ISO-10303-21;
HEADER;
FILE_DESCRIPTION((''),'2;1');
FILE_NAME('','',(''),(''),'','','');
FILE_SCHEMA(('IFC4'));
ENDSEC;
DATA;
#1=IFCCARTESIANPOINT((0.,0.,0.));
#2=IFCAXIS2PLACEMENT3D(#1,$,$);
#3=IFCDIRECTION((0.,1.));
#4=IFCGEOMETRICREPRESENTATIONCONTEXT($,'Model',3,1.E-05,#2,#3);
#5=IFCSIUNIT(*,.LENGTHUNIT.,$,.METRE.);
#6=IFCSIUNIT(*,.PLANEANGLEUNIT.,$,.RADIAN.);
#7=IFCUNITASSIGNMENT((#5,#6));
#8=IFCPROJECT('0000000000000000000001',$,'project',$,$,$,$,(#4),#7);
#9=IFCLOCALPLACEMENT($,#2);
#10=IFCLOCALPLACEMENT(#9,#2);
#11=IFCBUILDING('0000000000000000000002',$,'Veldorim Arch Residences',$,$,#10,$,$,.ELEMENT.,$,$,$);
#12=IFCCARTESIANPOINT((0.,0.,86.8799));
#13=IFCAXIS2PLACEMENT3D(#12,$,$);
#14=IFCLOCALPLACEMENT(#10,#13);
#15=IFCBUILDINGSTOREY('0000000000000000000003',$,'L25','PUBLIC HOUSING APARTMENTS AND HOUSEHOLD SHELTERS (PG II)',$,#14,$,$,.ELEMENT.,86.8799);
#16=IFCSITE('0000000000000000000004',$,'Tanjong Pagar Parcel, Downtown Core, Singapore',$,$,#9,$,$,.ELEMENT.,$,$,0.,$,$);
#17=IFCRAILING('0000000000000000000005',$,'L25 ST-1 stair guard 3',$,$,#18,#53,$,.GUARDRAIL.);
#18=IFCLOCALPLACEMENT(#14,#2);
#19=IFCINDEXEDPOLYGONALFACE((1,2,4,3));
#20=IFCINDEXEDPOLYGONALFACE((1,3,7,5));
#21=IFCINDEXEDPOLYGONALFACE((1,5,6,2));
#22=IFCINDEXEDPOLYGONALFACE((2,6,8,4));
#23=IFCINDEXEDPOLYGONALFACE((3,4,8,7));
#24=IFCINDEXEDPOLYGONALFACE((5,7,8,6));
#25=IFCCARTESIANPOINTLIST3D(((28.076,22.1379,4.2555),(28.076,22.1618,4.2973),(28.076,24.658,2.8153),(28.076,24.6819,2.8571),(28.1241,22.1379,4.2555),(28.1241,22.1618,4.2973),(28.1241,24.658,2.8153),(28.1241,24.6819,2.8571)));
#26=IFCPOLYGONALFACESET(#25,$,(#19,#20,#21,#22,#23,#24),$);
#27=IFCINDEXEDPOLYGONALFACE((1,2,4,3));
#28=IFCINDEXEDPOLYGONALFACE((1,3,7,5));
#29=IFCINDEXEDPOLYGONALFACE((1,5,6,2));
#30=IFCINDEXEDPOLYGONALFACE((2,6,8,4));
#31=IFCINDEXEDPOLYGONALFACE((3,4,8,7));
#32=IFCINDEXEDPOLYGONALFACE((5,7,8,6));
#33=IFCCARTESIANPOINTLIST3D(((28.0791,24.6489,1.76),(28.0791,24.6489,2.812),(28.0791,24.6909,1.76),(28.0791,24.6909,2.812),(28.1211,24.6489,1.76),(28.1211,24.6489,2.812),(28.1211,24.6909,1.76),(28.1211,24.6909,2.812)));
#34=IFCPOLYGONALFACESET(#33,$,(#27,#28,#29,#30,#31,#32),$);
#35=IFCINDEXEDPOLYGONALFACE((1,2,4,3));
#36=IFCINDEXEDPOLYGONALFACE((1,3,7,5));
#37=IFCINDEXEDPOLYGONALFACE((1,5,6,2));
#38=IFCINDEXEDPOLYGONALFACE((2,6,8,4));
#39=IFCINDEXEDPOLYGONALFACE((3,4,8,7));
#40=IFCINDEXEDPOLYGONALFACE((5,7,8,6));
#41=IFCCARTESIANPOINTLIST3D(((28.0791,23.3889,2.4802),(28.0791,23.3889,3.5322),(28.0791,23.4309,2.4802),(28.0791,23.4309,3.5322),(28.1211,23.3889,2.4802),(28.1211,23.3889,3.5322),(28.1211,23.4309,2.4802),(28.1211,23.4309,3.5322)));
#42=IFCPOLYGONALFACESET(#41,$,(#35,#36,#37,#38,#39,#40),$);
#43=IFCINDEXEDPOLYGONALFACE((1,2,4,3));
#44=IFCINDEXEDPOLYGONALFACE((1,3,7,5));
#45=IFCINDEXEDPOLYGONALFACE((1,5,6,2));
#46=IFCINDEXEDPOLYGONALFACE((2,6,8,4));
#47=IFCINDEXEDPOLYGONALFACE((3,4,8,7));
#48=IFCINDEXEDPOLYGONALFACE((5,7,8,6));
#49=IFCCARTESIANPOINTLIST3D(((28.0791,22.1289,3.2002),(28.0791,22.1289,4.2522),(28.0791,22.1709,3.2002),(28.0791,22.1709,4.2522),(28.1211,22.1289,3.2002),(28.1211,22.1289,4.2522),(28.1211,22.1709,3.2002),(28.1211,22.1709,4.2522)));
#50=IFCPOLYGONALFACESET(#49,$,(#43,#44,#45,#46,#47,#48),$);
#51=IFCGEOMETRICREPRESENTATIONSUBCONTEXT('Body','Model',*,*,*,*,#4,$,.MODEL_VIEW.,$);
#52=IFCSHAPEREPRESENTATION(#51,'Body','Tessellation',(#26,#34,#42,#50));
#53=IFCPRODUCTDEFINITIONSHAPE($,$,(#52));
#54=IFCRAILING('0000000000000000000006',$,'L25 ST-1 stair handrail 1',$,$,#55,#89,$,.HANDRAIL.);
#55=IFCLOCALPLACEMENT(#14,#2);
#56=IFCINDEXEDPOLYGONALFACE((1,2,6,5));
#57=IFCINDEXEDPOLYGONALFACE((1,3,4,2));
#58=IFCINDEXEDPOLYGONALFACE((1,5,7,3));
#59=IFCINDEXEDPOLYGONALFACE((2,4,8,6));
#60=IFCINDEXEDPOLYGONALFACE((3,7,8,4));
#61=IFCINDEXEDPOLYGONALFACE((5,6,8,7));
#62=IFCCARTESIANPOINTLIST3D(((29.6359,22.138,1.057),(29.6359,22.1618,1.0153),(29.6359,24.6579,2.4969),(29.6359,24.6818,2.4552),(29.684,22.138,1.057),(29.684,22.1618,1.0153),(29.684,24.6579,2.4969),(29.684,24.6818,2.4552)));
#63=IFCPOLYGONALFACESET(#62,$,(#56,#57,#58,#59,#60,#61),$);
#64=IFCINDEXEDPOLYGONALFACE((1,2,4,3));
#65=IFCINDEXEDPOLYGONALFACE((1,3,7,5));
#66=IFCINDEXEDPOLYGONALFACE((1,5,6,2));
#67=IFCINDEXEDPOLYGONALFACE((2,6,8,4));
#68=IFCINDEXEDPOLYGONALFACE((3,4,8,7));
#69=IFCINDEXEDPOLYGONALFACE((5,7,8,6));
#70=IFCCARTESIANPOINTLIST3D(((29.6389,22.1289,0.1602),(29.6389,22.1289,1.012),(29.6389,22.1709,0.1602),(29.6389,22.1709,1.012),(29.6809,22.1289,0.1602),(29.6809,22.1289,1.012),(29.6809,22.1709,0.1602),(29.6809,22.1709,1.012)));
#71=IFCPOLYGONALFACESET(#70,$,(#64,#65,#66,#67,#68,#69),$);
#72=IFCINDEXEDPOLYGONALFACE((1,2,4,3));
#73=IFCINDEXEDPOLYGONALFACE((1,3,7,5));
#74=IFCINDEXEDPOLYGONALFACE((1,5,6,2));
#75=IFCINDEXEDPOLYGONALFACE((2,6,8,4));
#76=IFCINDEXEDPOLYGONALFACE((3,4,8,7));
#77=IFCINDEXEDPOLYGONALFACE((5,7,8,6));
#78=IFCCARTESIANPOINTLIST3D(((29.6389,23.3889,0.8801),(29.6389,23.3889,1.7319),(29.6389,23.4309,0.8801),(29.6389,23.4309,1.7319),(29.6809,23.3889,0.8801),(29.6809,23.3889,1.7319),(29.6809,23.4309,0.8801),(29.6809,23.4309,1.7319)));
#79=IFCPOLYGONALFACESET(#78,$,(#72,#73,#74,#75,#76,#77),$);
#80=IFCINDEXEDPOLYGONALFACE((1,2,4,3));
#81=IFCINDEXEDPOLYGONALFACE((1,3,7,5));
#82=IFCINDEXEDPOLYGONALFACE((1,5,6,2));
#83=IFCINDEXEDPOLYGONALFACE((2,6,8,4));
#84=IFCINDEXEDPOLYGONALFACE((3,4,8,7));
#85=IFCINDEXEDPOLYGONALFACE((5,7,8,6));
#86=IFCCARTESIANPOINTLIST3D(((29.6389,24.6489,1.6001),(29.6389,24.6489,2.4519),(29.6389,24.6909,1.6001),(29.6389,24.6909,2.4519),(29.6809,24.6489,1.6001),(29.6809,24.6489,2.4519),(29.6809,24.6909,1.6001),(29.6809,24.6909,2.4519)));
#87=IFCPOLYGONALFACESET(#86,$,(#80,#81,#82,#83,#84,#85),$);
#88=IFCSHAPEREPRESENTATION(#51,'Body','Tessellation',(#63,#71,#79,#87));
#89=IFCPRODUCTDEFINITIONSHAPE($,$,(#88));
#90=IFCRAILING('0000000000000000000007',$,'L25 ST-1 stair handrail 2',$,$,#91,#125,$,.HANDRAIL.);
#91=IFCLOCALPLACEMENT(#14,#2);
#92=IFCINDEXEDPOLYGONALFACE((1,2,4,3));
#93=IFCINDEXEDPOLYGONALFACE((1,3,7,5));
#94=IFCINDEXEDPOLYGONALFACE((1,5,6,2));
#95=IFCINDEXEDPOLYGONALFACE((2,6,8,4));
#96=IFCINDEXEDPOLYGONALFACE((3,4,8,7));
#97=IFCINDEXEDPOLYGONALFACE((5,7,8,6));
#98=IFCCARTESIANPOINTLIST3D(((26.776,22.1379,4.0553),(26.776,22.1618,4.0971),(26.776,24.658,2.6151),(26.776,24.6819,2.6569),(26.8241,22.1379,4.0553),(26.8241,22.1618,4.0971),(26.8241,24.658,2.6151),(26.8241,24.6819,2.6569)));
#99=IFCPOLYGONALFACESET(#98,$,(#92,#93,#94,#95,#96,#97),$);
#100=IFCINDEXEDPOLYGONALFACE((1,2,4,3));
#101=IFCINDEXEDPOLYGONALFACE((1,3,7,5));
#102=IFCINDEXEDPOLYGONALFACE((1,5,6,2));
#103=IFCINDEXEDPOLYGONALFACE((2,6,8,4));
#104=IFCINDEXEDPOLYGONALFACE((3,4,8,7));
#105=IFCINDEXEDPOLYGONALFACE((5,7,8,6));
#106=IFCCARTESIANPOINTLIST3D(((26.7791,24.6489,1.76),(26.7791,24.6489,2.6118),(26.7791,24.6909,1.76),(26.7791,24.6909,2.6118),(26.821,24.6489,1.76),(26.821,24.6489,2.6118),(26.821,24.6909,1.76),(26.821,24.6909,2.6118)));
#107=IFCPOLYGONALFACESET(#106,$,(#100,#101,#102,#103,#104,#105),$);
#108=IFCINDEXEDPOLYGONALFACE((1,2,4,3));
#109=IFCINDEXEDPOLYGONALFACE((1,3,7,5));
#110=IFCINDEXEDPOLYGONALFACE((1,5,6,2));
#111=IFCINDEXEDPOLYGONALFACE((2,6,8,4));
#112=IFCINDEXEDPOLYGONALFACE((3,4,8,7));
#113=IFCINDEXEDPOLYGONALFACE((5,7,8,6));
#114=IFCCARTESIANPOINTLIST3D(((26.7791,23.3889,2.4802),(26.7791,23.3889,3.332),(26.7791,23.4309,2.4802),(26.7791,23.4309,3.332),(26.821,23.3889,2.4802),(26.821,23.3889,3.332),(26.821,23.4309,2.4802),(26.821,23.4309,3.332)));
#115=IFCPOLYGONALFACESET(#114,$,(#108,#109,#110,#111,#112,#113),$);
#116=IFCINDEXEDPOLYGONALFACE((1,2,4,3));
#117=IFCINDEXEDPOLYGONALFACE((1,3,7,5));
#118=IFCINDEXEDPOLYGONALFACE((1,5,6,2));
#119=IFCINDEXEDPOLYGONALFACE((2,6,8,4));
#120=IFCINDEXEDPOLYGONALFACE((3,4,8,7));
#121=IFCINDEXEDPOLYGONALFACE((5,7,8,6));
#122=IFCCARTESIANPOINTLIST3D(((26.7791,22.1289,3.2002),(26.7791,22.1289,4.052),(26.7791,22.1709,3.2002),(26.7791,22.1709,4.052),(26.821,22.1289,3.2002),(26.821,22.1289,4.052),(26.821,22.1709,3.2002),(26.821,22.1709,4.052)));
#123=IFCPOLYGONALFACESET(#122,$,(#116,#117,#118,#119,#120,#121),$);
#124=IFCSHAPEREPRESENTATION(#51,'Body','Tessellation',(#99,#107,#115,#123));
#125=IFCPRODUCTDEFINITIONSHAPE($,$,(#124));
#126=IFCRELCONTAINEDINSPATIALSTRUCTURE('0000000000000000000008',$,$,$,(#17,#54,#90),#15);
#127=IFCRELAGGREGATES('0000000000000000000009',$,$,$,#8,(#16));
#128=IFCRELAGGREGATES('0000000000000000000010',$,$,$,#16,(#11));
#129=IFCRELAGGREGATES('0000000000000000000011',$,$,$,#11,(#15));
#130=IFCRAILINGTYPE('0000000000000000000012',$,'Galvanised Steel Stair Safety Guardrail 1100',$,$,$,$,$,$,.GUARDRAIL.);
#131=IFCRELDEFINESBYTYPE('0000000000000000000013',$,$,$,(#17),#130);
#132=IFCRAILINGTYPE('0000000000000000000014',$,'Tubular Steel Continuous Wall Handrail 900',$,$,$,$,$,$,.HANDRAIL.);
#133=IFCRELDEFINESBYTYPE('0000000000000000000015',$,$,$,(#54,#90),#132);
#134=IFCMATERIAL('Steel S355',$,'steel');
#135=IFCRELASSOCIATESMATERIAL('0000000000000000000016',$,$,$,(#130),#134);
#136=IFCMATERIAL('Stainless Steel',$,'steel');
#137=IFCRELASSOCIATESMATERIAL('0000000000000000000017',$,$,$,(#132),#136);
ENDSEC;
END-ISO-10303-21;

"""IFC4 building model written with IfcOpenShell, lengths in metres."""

from ifc_helpers import new_model, si_unit, direction, frame, origin, origin_2d, place, context, subcontext, project, spatial, rectangle, extrude, material, type_object, element, save


model = new_model("IFC4")

# Units and contexts
model_context = context("Model", 3, precision=1e-05, world=origin(), true_north=direction((0.0, 1.0)))
body_context = subcontext(model_context, "Body", "Model", "MODEL_VIEW")
ifc_project = project(units=[si_unit("LENGTHUNIT", "METRE"), si_unit("PLANEANGLEUNIT", "RADIAN")], contexts=[model_context])

# Site, building, storey
site_placement = place(None, origin())
site = spatial("IfcSite", under=ifc_project, at=site_placement, Name="Tanjong Pagar Parcel, Downtown Core, Singapore", CompositionType="ELEMENT", RefElevation=0.0)
building_placement = place(site_placement, origin())
building = spatial("IfcBuilding", under=site, at=building_placement, Name="Veldorim Arch Residences", CompositionType="ELEMENT")
storey_placement = place(building_placement, frame((0.0, 0.0, 86.8799)))
storey = spatial("IfcBuildingStorey", under=building, at=storey_placement, Name="L25", Description="PUBLIC HOUSING APARTMENTS AND HOUSEHOLD SHELTERS (PG II)", CompositionType="ELEMENT", Elevation=86.8799)

# Railings
ifc_material_1 = material(Name="Steel S355", Category="steel")
railing_type_1 = type_object("IfcRailingType", Name="Galvanised Steel Stair Safety Guardrail 1100", PredefinedType="GUARDRAIL", material=ifc_material_1)
railing_1_placement = place(storey_placement, frame((28.1001, 24.6699, 1.76)))
element("IfcRailing", 1, at=railing_1_placement, inside=storey, type_object=railing_type_1, Name="L25 ST-1 stair guard 3", PredefinedType="GUARDRAIL", context=body_context, shape_type="SweptSolid", body=[
    extrude(rectangle(XDim=0.0481, YDim=0.0481, at=origin_2d()), frame((0.0, 0.0, 1.0762), z_axis=(0.0, -0.868217, 0.496184), x_axis=(1.0, 0.0, 0.0)), (0.0, 0.0, 1.0), 2.9026),
    extrude(rectangle(XDim=0.042, YDim=0.042, at=origin_2d()), origin(), (0.0, 0.0, 1.0), 1.052),
    extrude(rectangle(XDim=0.042, YDim=0.042, at=origin_2d()), frame((0.0, -1.26, 0.7202)), (0.0, 0.0, 1.0), 1.052),
    extrude(rectangle(XDim=0.042, YDim=0.042, at=origin_2d()), frame((0.0, -2.52, 1.4402)), (0.0, 0.0, 1.0), 1.052),
])
ifc_material_2 = material(Name="Stainless Steel", Category="steel")
railing_type_2 = type_object("IfcRailingType", Name="Tubular Steel Continuous Wall Handrail 900", PredefinedType="HANDRAIL", material=ifc_material_2)
railing_2_placement = place(storey_placement, frame((29.6599, 22.1499, 0.1602)))
element("IfcRailing", 2, at=railing_2_placement, inside=storey, type_object=railing_type_2, Name="L25 ST-1 stair handrail 1", PredefinedType="HANDRAIL", context=body_context, shape_type="SweptSolid", body=[
    extrude(rectangle(XDim=0.0481, YDim=0.0481, at=origin_2d()), frame((0.0, 0.0, 0.876), z_axis=(0.0, 0.868253, 0.496121), x_axis=(-1.0, 0.0, 0.0)), (0.0, 0.0, 1.0), 2.9023),
    extrude(rectangle(XDim=0.042, YDim=0.042, at=origin_2d()), origin(), (0.0, 0.0, 1.0), 0.8518),
    extrude(rectangle(XDim=0.042, YDim=0.042, at=origin_2d()), frame((0.0, 1.26, 0.72)), (0.0, 0.0, 1.0), 0.8518),
    extrude(rectangle(XDim=0.042, YDim=0.042, at=origin_2d()), frame((0.0, 2.52, 1.4399)), (0.0, 0.0, 1.0), 0.8518),
])
railing_3_placement = place(storey_placement, frame((26.8, 24.6699, 1.76)))
element("IfcRailing", 3, at=railing_3_placement, inside=storey, type_object=railing_type_2, Name="L25 ST-1 stair handrail 2", PredefinedType="HANDRAIL", context=body_context, shape_type="SweptSolid", body=[
    extrude(rectangle(XDim=0.0481, YDim=0.0481, at=origin_2d()), frame((0.0, 0.0, 0.876), z_axis=(0.0, -0.868217, 0.496184), x_axis=(1.0, 0.0, 0.0)), (0.0, 0.0, 1.0), 2.9026),
    extrude(rectangle(XDim=0.042, YDim=0.042, at=origin_2d()), origin(), (0.0, 0.0, 1.0), 0.8518),
    extrude(rectangle(XDim=0.042, YDim=0.042, at=origin_2d()), frame((0.0, -1.26, 0.7202)), (0.0, 0.0, 1.0), 0.8518),
    extrude(rectangle(XDim=0.042, YDim=0.042, at=origin_2d()), frame((0.0, -2.52, 1.4402)), (0.0, 0.0, 1.0), 0.8518),
])

save(model, "model.ifc")
